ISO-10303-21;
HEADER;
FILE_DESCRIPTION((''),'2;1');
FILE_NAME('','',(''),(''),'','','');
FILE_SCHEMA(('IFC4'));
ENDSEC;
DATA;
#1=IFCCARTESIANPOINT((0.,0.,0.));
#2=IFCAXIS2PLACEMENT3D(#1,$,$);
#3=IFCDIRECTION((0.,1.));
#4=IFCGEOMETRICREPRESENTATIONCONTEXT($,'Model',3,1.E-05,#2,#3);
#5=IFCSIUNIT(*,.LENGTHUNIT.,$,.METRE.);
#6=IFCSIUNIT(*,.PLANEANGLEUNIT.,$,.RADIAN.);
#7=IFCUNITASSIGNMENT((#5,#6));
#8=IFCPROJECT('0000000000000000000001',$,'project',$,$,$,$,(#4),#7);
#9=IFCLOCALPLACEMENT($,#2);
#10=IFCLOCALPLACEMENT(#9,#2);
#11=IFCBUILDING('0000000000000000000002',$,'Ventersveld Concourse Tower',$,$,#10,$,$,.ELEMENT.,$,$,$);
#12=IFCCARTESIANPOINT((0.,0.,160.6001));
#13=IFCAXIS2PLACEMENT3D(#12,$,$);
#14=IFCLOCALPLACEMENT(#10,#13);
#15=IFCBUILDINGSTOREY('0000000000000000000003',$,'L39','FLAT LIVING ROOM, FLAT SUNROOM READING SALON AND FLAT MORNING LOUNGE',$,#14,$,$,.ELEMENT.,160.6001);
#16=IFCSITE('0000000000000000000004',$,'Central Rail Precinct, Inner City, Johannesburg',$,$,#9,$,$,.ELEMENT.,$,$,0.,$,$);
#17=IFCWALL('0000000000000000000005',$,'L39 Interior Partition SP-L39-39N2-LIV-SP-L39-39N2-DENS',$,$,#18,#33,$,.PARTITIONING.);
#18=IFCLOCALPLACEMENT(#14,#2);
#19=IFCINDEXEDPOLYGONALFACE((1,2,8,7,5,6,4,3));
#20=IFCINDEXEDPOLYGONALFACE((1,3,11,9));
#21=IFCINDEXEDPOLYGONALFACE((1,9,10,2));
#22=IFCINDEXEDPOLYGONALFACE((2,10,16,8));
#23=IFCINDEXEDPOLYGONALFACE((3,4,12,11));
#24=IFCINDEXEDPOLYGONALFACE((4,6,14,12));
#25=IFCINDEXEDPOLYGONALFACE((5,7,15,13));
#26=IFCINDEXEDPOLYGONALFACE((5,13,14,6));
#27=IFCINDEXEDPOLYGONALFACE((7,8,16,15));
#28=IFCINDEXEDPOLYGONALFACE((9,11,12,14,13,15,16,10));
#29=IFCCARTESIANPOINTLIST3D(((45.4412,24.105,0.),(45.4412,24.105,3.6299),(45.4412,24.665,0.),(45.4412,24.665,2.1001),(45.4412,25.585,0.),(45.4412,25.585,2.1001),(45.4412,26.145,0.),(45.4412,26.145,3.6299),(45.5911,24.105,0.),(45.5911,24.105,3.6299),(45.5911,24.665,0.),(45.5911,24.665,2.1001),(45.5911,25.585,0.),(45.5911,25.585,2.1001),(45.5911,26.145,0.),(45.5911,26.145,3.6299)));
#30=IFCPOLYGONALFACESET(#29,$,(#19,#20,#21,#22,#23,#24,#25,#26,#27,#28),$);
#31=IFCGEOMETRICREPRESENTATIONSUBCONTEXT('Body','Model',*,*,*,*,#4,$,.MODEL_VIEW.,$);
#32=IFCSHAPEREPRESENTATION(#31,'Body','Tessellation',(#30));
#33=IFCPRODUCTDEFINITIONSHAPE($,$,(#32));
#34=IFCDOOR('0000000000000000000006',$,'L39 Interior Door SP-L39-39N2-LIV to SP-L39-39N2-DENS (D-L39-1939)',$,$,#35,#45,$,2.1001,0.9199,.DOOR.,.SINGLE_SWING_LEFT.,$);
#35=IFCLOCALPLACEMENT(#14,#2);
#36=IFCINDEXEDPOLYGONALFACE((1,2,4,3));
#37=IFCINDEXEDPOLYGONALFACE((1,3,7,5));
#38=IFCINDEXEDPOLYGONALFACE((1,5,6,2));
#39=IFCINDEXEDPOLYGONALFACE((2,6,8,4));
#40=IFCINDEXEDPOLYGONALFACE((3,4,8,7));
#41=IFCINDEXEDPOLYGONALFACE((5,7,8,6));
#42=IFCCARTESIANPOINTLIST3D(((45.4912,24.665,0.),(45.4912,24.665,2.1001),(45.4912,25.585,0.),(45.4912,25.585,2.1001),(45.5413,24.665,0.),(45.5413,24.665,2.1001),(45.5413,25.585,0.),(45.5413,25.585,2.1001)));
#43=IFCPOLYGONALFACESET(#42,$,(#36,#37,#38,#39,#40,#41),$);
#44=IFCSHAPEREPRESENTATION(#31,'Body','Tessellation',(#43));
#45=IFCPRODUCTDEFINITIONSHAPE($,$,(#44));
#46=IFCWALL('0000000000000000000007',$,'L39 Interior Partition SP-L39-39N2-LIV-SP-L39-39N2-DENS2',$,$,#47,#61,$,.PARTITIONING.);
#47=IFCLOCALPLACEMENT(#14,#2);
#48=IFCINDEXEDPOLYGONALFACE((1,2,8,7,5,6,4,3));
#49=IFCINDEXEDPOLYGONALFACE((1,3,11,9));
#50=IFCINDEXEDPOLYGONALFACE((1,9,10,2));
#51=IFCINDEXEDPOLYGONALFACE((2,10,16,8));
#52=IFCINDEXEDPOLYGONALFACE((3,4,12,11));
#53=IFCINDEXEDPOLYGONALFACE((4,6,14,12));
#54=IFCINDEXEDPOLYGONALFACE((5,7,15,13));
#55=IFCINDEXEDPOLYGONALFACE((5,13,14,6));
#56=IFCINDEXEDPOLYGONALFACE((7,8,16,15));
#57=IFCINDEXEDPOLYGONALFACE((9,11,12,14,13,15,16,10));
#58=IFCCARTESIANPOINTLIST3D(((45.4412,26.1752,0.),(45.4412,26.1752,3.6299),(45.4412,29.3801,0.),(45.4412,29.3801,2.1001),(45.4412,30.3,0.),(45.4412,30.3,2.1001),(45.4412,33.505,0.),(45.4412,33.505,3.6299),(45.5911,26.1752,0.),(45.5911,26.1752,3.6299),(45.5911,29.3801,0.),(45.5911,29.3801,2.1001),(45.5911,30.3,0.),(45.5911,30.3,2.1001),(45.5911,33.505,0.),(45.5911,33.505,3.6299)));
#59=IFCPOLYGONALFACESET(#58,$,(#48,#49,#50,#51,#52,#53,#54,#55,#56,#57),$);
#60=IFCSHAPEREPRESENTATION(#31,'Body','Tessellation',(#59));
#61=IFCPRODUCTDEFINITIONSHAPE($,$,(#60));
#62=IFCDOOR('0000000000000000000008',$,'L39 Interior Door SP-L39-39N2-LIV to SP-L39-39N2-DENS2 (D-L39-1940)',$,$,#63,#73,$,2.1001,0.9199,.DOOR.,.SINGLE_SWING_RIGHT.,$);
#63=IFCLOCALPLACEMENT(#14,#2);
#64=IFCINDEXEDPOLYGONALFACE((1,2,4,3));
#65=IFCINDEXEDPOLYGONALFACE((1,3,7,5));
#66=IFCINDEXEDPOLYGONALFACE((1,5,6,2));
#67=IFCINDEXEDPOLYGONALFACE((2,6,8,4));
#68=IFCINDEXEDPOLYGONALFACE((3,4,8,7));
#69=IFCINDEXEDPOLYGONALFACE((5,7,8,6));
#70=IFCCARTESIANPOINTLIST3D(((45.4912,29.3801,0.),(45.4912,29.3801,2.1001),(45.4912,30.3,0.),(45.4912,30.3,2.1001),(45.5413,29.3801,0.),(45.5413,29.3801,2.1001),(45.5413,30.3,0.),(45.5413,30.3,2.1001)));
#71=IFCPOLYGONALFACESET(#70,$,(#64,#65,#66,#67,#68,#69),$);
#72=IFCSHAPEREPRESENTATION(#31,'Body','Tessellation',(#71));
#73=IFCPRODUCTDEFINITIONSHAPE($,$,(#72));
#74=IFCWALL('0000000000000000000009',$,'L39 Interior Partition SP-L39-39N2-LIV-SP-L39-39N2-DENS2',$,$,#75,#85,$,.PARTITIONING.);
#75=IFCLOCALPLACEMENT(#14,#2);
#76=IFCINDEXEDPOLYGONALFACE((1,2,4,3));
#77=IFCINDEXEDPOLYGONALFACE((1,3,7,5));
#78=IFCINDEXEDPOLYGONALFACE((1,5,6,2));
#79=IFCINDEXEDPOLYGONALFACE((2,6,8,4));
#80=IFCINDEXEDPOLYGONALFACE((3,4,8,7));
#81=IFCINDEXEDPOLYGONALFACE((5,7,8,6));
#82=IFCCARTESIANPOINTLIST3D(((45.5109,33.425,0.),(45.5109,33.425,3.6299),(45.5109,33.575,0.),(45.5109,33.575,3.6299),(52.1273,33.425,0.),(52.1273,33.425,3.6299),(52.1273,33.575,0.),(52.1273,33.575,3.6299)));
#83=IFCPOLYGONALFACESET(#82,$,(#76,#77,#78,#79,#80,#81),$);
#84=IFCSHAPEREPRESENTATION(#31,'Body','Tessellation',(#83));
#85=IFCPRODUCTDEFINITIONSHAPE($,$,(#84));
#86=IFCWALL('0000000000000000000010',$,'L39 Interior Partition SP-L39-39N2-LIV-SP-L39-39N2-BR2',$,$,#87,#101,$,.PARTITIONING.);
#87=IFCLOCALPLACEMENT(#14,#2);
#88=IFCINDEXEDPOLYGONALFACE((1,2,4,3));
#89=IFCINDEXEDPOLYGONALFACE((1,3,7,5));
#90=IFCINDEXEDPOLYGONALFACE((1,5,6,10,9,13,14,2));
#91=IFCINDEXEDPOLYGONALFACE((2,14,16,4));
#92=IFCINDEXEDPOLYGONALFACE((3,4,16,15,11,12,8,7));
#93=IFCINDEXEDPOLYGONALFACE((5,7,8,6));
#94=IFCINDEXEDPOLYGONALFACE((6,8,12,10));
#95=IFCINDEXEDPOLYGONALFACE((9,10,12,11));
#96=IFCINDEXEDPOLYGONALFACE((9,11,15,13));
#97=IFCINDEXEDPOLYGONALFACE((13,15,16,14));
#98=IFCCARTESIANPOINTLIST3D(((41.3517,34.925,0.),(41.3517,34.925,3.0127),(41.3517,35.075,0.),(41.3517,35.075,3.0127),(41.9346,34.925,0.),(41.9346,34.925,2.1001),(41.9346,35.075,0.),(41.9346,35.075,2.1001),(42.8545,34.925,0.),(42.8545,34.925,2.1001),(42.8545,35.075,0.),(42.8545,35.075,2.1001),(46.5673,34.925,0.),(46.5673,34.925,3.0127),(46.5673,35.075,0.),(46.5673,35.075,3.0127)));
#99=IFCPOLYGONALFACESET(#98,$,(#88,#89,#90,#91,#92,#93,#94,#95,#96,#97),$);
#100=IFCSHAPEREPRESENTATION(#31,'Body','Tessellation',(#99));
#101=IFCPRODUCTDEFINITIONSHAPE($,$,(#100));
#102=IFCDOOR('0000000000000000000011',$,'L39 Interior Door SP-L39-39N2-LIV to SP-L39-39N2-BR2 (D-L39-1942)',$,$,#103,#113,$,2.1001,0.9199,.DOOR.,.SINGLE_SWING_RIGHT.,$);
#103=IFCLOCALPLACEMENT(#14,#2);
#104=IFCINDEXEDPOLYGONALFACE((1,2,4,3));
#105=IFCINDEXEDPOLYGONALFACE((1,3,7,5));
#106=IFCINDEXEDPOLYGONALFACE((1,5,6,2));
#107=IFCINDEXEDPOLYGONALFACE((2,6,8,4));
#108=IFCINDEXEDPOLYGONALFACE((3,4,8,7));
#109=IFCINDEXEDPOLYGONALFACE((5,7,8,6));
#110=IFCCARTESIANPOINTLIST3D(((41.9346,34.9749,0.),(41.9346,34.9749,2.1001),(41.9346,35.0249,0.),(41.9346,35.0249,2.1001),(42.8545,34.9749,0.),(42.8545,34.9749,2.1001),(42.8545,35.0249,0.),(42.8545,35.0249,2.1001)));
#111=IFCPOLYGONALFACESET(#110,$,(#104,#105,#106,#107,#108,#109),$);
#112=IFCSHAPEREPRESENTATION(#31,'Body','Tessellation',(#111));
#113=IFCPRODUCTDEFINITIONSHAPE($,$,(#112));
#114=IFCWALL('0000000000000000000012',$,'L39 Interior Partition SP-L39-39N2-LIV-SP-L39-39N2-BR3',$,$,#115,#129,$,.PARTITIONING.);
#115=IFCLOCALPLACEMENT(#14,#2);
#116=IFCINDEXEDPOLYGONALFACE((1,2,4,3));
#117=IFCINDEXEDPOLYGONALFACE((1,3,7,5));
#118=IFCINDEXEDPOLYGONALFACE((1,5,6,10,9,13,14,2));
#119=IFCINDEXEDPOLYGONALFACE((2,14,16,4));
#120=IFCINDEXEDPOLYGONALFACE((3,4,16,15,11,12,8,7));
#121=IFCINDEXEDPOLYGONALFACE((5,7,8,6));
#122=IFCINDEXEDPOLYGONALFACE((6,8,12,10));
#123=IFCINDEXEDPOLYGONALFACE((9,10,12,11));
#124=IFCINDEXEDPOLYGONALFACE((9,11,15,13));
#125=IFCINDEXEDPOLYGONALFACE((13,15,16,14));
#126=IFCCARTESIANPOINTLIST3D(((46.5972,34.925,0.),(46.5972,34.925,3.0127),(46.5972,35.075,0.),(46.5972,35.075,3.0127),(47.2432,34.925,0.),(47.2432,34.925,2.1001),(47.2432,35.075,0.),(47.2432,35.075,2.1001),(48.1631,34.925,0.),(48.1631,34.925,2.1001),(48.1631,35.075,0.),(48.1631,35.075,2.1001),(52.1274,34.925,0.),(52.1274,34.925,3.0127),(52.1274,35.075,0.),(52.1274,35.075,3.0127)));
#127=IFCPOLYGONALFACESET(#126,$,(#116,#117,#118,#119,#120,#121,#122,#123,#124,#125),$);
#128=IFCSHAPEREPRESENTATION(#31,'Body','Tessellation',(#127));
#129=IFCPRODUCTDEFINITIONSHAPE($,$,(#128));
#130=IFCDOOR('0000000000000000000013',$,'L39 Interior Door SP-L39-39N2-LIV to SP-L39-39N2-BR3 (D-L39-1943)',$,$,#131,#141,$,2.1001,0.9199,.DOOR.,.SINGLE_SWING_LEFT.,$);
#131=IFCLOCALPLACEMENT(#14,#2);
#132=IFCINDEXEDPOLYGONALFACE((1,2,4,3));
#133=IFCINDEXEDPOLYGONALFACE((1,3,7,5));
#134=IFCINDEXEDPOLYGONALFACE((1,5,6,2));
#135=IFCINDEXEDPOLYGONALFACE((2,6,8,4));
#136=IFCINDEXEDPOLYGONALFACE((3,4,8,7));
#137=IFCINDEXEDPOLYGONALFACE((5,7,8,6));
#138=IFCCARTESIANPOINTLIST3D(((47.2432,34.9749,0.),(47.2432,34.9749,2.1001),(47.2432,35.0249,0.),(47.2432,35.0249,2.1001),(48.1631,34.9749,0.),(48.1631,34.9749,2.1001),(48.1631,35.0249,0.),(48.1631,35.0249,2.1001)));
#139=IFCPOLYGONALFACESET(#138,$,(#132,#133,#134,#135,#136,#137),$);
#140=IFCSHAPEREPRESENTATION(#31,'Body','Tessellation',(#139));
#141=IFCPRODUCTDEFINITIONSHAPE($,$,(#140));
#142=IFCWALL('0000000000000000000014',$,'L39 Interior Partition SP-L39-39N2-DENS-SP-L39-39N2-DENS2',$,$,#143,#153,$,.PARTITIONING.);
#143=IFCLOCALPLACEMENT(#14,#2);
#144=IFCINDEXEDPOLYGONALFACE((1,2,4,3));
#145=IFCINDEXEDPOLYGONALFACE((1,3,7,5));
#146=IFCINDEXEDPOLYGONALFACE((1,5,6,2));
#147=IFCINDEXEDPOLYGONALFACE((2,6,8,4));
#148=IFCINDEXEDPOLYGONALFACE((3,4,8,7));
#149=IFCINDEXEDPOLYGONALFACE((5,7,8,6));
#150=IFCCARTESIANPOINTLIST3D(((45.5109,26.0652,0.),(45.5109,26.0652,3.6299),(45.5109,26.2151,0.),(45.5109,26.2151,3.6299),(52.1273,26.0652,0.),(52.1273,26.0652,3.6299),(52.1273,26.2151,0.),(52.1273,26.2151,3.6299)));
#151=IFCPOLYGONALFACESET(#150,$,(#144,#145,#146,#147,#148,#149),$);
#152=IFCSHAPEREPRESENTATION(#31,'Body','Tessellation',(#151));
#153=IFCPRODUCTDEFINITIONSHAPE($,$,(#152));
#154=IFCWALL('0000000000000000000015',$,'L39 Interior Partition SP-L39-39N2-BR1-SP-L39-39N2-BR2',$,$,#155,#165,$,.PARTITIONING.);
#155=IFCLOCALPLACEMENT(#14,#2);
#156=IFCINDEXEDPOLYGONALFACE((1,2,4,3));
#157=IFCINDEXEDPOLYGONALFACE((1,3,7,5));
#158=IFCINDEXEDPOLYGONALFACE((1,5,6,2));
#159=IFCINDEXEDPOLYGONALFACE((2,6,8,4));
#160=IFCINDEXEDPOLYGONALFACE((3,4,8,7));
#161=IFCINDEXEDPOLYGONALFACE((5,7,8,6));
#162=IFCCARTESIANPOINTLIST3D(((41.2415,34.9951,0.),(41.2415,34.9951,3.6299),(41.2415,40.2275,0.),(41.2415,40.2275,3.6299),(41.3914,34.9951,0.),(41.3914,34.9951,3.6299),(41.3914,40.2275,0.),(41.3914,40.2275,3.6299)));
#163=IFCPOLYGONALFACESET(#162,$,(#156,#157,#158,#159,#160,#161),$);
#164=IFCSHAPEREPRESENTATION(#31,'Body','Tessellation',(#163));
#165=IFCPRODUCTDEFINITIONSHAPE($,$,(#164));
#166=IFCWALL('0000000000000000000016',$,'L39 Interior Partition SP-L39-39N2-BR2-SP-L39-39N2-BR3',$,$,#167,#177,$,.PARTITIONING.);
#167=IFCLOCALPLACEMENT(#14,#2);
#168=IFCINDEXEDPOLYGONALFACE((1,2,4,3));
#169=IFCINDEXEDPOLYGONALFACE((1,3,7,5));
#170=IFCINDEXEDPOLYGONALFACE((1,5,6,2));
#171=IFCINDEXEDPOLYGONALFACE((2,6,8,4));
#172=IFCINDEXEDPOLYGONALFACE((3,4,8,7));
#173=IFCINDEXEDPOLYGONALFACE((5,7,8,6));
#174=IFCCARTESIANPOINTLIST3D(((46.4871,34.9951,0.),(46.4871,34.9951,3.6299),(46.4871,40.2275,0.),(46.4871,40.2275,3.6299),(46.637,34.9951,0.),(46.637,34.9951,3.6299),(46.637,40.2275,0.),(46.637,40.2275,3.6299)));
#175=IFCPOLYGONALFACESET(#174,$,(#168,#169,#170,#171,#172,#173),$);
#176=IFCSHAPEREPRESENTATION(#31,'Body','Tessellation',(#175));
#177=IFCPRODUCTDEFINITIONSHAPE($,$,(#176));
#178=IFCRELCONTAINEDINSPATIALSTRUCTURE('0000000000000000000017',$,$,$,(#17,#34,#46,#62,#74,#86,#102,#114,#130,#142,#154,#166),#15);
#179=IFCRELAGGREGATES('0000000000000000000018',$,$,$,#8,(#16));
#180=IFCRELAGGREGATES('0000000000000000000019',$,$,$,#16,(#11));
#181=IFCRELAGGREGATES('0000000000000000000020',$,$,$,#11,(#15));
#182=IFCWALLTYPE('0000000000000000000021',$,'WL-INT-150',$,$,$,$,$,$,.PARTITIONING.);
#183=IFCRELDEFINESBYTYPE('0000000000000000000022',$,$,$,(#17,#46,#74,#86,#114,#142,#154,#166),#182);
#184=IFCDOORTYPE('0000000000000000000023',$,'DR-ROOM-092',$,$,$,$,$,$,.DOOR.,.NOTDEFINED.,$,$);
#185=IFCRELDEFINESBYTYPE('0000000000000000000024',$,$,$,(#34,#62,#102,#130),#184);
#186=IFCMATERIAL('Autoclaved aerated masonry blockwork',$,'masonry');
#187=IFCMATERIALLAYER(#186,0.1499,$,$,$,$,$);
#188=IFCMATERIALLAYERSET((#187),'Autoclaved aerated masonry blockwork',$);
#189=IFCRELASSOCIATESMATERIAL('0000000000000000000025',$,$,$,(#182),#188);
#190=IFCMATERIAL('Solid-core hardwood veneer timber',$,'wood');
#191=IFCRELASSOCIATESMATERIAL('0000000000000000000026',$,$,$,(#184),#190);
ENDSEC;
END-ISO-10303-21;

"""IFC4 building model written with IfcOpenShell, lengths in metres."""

from ifc_helpers import new_model, si_unit, direction, frame, frame_2d, origin, place, context, subcontext, project, spatial, rectangle, extrude, material, layer, layer_set, type_object, element, fill, save


model = new_model("IFC4")

# Units and contexts
model_context = context("Model", 3, precision=1e-05, world=origin(), true_north=direction((0.0, 1.0)))
body_context = subcontext(model_context, "Body", "Model", "MODEL_VIEW")
ifc_project = project(units=[si_unit("LENGTHUNIT", "METRE"), si_unit("PLANEANGLEUNIT", "RADIAN")], contexts=[model_context])

# Site, building, storey
site_placement = place(None, origin())
site = spatial("IfcSite", under=ifc_project, at=site_placement, Name="Central Rail Precinct, Inner City, Johannesburg", CompositionType="ELEMENT", RefElevation=0.0)
building_placement = place(site_placement, origin())
building = spatial("IfcBuilding", under=site, at=building_placement, Name="Ventersveld Concourse Tower", CompositionType="ELEMENT")
storey_placement = place(building_placement, frame((0.0, 0.0, 160.6001)))
storey = spatial("IfcBuildingStorey", under=building, at=storey_placement, Name="L39", Description="FLAT LIVING ROOM, FLAT SUNROOM READING SALON AND FLAT MORNING LOUNGE", CompositionType="ELEMENT", Elevation=160.6001)

# Walls, openings, doors
ifc_material_1 = material(Name="Autoclaved aerated masonry blockwork", Category="masonry")
ifc_layer_1 = layer(ifc_material_1, 0.1499)
ifc_layer_set_1 = layer_set([ifc_layer_1], Name="Autoclaved aerated masonry blockwork")
wall_type_1 = type_object("IfcWallType", Name="WL-INT-150", PredefinedType="PARTITIONING", material=ifc_layer_set_1)
wall_1_placement = place(storey_placement, frame((45.5161, 24.105, 0.0), z_axis=(0.0, 0.0, 1.0), x_axis=(0.0, 1.0, 0.0)))
wall_1 = element("IfcWall", 1, at=wall_1_placement, inside=storey, type_object=wall_type_1, Name="L39 Interior Partition SP-L39-39N2-LIV-SP-L39-39N2-DENS", PredefinedType="PARTITIONING", context=body_context, shape_type="SweptSolid", body=[
    extrude(rectangle(XDim=2.04, YDim=0.1499, at=frame_2d((1.02, 0.0))), origin(), (0.0, 0.0, 1.0), 3.6299),
])
opening_1_placement = place(wall_1_placement, frame((0.5601, 0.0, 0.0)))
opening_1 = element("IfcOpeningElement", 2, at=opening_1_placement, cuts=wall_1, PredefinedType="OPENING", context=body_context, shape_type="SweptSolid", body=[
    extrude(rectangle(XDim=0.9199, YDim=2.1001, at=frame_2d((0.46, 1.05))), frame((0.0, 0.085, 0.0), z_axis=(0.0, -1.0, 0.0), x_axis=(1.0, 0.0, 0.0)), (0.0, 0.0, 1.0), 0.1699),
])
ifc_material_2 = material(Name="Solid-core hardwood veneer timber", Category="wood")
door_type = type_object("IfcDoorType", Name="DR-ROOM-092", OperationType="NOTDEFINED", PredefinedType="DOOR", material=ifc_material_2)
door_1_placement = place(opening_1_placement, origin())
door_1 = element("IfcDoor", 3, at=door_1_placement, inside=storey, type_object=door_type, Name="L39 Interior Door SP-L39-39N2-LIV to SP-L39-39N2-DENS (D-L39-1939)", OperationType="SINGLE_SWING_LEFT", OverallHeight=2.1001, OverallWidth=0.9199, PredefinedType="DOOR", context=body_context, shape_type="SweptSolid", body=[
    extrude(rectangle(XDim=0.9199, YDim=2.1001, at=frame_2d((0.46, 1.05))), frame((0.0, 0.0249, 0.0), z_axis=(0.0, -1.0, 0.0), x_axis=(1.0, 0.0, 0.0)), (0.0, 0.0, 1.0), 0.05),
])
fill(opening_1, door_1)
wall_2_placement = place(storey_placement, frame((45.5161, 26.175, 0.0), z_axis=(0.0, 0.0, 1.0), x_axis=(0.0, 1.0, 0.0)))
wall_2 = element("IfcWall", 4, at=wall_2_placement, inside=storey, type_object=wall_type_1, Name="L39 Interior Partition SP-L39-39N2-LIV-SP-L39-39N2-DENS2", PredefinedType="PARTITIONING", context=body_context, shape_type="SweptSolid", body=[
    extrude(rectangle(XDim=7.3298, YDim=0.1499, at=frame_2d((3.665, 0.0))), origin(), (0.0, 0.0, 1.0), 3.6299),
])
opening_2_placement = place(wall_2_placement, frame((3.2051, 0.0, 0.0)))
opening_2 = element("IfcOpeningElement", 5, at=opening_2_placement, cuts=wall_2, PredefinedType="OPENING", context=body_context, shape_type="SweptSolid", body=[
    extrude(rectangle(XDim=0.9199, YDim=2.1001, at=frame_2d((0.46, 1.05))), frame((0.0, 0.085, 0.0), z_axis=(0.0, -1.0, 0.0), x_axis=(1.0, 0.0, 0.0)), (0.0, 0.0, 1.0), 0.1699),
])
door_2_placement = place(opening_2_placement, origin())
door_2 = element("IfcDoor", 6, at=door_2_placement, inside=storey, type_object=door_type, Name="L39 Interior Door SP-L39-39N2-LIV to SP-L39-39N2-DENS2 (D-L39-1940)", OperationType="SINGLE_SWING_RIGHT", OverallHeight=2.1001, OverallWidth=0.9199, PredefinedType="DOOR", context=body_context, shape_type="SweptSolid", body=[
    extrude(rectangle(XDim=0.9199, YDim=2.1001, at=frame_2d((0.46, 1.05))), frame((0.0, 0.0249, 0.0), z_axis=(0.0, -1.0, 0.0), x_axis=(1.0, 0.0, 0.0)), (0.0, 0.0, 1.0), 0.05),
])
fill(opening_2, door_2)

# Wall
wall_3_placement = place(storey_placement, frame((45.511, 33.5, 0.0), z_axis=(0.0, 0.0, 1.0), x_axis=(1.0, 0.0, 0.0)))
element("IfcWall", 7, at=wall_3_placement, inside=storey, type_object=wall_type_1, Name="L39 Interior Partition SP-L39-39N2-LIV-SP-L39-39N2-DENS2", PredefinedType="PARTITIONING", context=body_context, shape_type="SweptSolid", body=[
    extrude(rectangle(XDim=6.6165, YDim=0.1499, at=frame_2d((3.3081, 0.0))), origin(), (0.0, 0.0, 1.0), 3.6299),
])

# Walls, openings, doors
wall_4_placement = place(storey_placement, frame((41.3516, 35.0, 0.0), z_axis=(0.0, 0.0, 1.0), x_axis=(1.0, 0.0, 0.0)))
wall_4 = element("IfcWall", 8, at=wall_4_placement, inside=storey, type_object=wall_type_1, Name="L39 Interior Partition SP-L39-39N2-LIV-SP-L39-39N2-BR2", PredefinedType="PARTITIONING", context=body_context, shape_type="SweptSolid", body=[
    extrude(rectangle(XDim=5.2156, YDim=0.1499, at=frame_2d((2.6079, 0.0))), origin(), (0.0, 0.0, 1.0), 3.0127),
])
opening_3_placement = place(wall_4_placement, frame((0.583, 0.0, 0.0)))
opening_3 = element("IfcOpeningElement", 9, at=opening_3_placement, cuts=wall_4, PredefinedType="OPENING", context=body_context, shape_type="SweptSolid", body=[
    extrude(rectangle(XDim=0.9199, YDim=2.1001, at=frame_2d((0.46, 1.05))), frame((0.0, 0.085, 0.0), z_axis=(0.0, -1.0, 0.0), x_axis=(1.0, 0.0, 0.0)), (0.0, 0.0, 1.0), 0.1699),
])
door_3_placement = place(opening_3_placement, origin())
door_3 = element("IfcDoor", 10, at=door_3_placement, inside=storey, type_object=door_type, Name="L39 Interior Door SP-L39-39N2-LIV to SP-L39-39N2-BR2 (D-L39-1942)", OperationType="SINGLE_SWING_RIGHT", OverallHeight=2.1001, OverallWidth=0.9199, PredefinedType="DOOR", context=body_context, shape_type="SweptSolid", body=[
    extrude(rectangle(XDim=0.9199, YDim=2.1001, at=frame_2d((0.46, 1.05))), frame((0.0, 0.0249, 0.0), z_axis=(0.0, -1.0, 0.0), x_axis=(1.0, 0.0, 0.0)), (0.0, 0.0, 1.0), 0.05),
])
fill(opening_3, door_3)
wall_5_placement = place(storey_placement, frame((46.5972, 35.0, 0.0), z_axis=(0.0, 0.0, 1.0), x_axis=(1.0, 0.0, 0.0)))
wall_5 = element("IfcWall", 11, at=wall_5_placement, inside=storey, type_object=wall_type_1, Name="L39 Interior Partition SP-L39-39N2-LIV-SP-L39-39N2-BR3", PredefinedType="PARTITIONING", context=body_context, shape_type="SweptSolid", body=[
    extrude(rectangle(XDim=5.5303, YDim=0.1499, at=frame_2d((2.7651, 0.0))), origin(), (0.0, 0.0, 1.0), 3.0127),
])
opening_4_placement = place(wall_5_placement, frame((0.646, 0.0, 0.0)))
opening_4 = element("IfcOpeningElement", 12, at=opening_4_placement, cuts=wall_5, PredefinedType="OPENING", context=body_context, shape_type="SweptSolid", body=[
    extrude(rectangle(XDim=0.9199, YDim=2.1001, at=frame_2d((0.46, 1.05))), frame((0.0, 0.085, 0.0), z_axis=(0.0, -1.0, 0.0), x_axis=(1.0, 0.0, 0.0)), (0.0, 0.0, 1.0), 0.1699),
])
door_4_placement = place(opening_4_placement, origin())
door_4 = element("IfcDoor", 13, at=door_4_placement, inside=storey, type_object=door_type, Name="L39 Interior Door SP-L39-39N2-LIV to SP-L39-39N2-BR3 (D-L39-1943)", OperationType="SINGLE_SWING_LEFT", OverallHeight=2.1001, OverallWidth=0.9199, PredefinedType="DOOR", context=body_context, shape_type="SweptSolid", body=[
    extrude(rectangle(XDim=0.9199, YDim=2.1001, at=frame_2d((0.46, 1.05))), frame((0.0, 0.0249, 0.0), z_axis=(0.0, -1.0, 0.0), x_axis=(1.0, 0.0, 0.0)), (0.0, 0.0, 1.0), 0.05),
])
fill(opening_4, door_4)

# Walls
wall_6_placement = place(storey_placement, frame((45.511, 26.1401, 0.0), z_axis=(0.0, 0.0, 1.0), x_axis=(1.0, 0.0, 0.0)))
element("IfcWall", 14, at=wall_6_placement, inside=storey, type_object=wall_type_1, Name="L39 Interior Partition SP-L39-39N2-DENS-SP-L39-39N2-DENS2", PredefinedType="PARTITIONING", context=body_context, shape_type="SweptSolid", body=[
    extrude(rectangle(XDim=6.6165, YDim=0.1499, at=frame_2d((3.3081, 0.0))), origin(), (0.0, 0.0, 1.0), 3.6299),
])
for number, where, z_axis, x_axis, name in (
    (15, (41.3164, 34.9951, 0.0), (0.0, 0.0, 1.0), (0.0, 1.0, 0.0), "L39 Interior Partition SP-L39-39N2-BR1-SP-L39-39N2-BR2"),
    (16, (46.562, 34.9951, 0.0), (0.0, 0.0, 1.0), (0.0, 1.0, 0.0), "L39 Interior Partition SP-L39-39N2-BR2-SP-L39-39N2-BR3"),
):
    element("IfcWall", number, at=place(storey_placement, frame(where, z_axis=z_axis, x_axis=x_axis)), inside=storey, type_object=wall_type_1, Name=name, PredefinedType="PARTITIONING", context=body_context, shape_type="SweptSolid", body=[
        extrude(rectangle(XDim=5.2324, YDim=0.1499, at=frame_2d((2.6162, 0.0))), origin(), (0.0, 0.0, 1.0), 3.6299),
    ])

save(model, "model.ifc")
